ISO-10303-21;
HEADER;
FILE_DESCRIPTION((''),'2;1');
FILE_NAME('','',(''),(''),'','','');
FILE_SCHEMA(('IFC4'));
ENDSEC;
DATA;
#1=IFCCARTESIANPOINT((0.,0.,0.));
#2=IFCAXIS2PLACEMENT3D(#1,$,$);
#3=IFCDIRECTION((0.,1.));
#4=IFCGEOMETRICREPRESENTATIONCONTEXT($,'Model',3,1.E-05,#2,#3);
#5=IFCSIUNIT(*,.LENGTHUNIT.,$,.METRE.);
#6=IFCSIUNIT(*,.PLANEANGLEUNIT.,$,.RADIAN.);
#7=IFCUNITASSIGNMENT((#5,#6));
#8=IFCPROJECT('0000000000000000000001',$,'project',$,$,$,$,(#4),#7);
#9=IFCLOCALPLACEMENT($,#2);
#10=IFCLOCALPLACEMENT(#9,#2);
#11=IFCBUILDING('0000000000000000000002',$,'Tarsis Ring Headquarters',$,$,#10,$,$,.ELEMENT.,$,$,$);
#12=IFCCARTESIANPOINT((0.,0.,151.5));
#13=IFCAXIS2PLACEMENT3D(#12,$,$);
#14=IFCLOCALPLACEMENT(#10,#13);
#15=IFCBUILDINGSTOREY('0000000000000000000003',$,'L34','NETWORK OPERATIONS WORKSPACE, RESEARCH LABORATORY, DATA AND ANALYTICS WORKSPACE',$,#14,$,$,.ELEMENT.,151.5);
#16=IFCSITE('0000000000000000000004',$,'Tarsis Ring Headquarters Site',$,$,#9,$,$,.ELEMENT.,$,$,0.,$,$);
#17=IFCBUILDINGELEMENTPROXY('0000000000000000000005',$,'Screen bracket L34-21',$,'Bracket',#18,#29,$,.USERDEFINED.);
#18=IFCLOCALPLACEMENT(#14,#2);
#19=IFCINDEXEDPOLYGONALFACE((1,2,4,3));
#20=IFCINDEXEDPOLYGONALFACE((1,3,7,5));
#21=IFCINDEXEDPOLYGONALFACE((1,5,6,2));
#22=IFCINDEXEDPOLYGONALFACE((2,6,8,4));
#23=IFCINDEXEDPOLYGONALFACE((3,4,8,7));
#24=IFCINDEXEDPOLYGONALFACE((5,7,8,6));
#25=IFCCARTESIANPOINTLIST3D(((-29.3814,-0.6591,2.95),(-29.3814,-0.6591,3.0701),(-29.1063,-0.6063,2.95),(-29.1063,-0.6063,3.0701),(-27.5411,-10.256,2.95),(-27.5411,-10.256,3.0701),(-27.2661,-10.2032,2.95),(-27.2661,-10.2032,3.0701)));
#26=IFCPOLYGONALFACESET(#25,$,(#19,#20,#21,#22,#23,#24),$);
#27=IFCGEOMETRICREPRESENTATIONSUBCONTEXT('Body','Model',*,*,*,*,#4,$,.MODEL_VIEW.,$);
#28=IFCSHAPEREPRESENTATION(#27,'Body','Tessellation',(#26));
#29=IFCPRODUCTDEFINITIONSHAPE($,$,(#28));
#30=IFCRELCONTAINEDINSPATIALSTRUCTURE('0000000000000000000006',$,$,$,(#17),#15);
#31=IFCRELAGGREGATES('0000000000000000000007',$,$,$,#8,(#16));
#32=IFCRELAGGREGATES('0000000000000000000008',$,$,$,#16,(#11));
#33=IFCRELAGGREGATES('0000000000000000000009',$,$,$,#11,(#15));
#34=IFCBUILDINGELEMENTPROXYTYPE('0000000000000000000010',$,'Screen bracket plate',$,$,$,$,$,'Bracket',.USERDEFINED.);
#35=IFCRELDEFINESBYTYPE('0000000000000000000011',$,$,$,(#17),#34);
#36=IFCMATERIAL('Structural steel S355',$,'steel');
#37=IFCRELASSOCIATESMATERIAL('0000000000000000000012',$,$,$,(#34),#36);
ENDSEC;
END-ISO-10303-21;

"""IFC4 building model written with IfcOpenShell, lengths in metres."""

from ifc_helpers import new_model, si_unit, direction, frame, origin, origin_2d, place, context, subcontext, project, spatial, rectangle, extrude, material, type_object, element, save


model = new_model("IFC4")

# Units and contexts
model_context = context("Model", 3, precision=1e-05, world=origin(), true_north=direction((0.0, 1.0)))
body_context = subcontext(model_context, "Body", "Model", "MODEL_VIEW")
ifc_project = project(units=[si_unit("LENGTHUNIT", "METRE"), si_unit("PLANEANGLEUNIT", "RADIAN")], contexts=[model_context])

# Site, building, storey
site_placement = place(None, origin())
site = spatial("IfcSite", under=ifc_project, at=site_placement, Name="Tarsis Ring Headquarters Site", CompositionType="ELEMENT", RefElevation=0.0)
building_placement = place(site_placement, origin())
building = spatial("IfcBuilding", under=site, at=building_placement, Name="Tarsis Ring Headquarters", CompositionType="ELEMENT")
storey_placement = place(building_placement, frame((0.0, 0.0, 151.5)))
storey = spatial("IfcBuildingStorey", under=building, at=storey_placement, Name="L34", Description="NETWORK OPERATIONS WORKSPACE, RESEARCH LABORATORY, DATA AND ANALYTICS WORKSPACE", CompositionType="ELEMENT", Elevation=151.5)

# Shared definitions
ifc_material_1 = material(Name="Structural steel S355", Category="steel")

# Building element proxy
building_element_proxy_type = type_object("IfcBuildingElementProxyType", Name="Screen bracket plate", ElementType="Bracket", PredefinedType="USERDEFINED", material=ifc_material_1)
proxy_placement = place(storey_placement, frame((-28.3237, -5.4312, 2.95), z_axis=(0.0, 0.0, 1.0), x_axis=(0.188324, -0.982107, 0.0)))
element("IfcBuildingElementProxy", 1, at=proxy_placement, inside=storey, type_object=building_element_proxy_type, Name="Screen bracket L34-21", ObjectType="Bracket", PredefinedType="USERDEFINED", context=body_context, shape_type="SweptSolid", body=[
    extrude(rectangle(XDim=9.7717, YDim=0.28, at=origin_2d()), origin(), (0.0, 0.0, 1.0), 0.1201),
])

save(model, "model.ifc")
